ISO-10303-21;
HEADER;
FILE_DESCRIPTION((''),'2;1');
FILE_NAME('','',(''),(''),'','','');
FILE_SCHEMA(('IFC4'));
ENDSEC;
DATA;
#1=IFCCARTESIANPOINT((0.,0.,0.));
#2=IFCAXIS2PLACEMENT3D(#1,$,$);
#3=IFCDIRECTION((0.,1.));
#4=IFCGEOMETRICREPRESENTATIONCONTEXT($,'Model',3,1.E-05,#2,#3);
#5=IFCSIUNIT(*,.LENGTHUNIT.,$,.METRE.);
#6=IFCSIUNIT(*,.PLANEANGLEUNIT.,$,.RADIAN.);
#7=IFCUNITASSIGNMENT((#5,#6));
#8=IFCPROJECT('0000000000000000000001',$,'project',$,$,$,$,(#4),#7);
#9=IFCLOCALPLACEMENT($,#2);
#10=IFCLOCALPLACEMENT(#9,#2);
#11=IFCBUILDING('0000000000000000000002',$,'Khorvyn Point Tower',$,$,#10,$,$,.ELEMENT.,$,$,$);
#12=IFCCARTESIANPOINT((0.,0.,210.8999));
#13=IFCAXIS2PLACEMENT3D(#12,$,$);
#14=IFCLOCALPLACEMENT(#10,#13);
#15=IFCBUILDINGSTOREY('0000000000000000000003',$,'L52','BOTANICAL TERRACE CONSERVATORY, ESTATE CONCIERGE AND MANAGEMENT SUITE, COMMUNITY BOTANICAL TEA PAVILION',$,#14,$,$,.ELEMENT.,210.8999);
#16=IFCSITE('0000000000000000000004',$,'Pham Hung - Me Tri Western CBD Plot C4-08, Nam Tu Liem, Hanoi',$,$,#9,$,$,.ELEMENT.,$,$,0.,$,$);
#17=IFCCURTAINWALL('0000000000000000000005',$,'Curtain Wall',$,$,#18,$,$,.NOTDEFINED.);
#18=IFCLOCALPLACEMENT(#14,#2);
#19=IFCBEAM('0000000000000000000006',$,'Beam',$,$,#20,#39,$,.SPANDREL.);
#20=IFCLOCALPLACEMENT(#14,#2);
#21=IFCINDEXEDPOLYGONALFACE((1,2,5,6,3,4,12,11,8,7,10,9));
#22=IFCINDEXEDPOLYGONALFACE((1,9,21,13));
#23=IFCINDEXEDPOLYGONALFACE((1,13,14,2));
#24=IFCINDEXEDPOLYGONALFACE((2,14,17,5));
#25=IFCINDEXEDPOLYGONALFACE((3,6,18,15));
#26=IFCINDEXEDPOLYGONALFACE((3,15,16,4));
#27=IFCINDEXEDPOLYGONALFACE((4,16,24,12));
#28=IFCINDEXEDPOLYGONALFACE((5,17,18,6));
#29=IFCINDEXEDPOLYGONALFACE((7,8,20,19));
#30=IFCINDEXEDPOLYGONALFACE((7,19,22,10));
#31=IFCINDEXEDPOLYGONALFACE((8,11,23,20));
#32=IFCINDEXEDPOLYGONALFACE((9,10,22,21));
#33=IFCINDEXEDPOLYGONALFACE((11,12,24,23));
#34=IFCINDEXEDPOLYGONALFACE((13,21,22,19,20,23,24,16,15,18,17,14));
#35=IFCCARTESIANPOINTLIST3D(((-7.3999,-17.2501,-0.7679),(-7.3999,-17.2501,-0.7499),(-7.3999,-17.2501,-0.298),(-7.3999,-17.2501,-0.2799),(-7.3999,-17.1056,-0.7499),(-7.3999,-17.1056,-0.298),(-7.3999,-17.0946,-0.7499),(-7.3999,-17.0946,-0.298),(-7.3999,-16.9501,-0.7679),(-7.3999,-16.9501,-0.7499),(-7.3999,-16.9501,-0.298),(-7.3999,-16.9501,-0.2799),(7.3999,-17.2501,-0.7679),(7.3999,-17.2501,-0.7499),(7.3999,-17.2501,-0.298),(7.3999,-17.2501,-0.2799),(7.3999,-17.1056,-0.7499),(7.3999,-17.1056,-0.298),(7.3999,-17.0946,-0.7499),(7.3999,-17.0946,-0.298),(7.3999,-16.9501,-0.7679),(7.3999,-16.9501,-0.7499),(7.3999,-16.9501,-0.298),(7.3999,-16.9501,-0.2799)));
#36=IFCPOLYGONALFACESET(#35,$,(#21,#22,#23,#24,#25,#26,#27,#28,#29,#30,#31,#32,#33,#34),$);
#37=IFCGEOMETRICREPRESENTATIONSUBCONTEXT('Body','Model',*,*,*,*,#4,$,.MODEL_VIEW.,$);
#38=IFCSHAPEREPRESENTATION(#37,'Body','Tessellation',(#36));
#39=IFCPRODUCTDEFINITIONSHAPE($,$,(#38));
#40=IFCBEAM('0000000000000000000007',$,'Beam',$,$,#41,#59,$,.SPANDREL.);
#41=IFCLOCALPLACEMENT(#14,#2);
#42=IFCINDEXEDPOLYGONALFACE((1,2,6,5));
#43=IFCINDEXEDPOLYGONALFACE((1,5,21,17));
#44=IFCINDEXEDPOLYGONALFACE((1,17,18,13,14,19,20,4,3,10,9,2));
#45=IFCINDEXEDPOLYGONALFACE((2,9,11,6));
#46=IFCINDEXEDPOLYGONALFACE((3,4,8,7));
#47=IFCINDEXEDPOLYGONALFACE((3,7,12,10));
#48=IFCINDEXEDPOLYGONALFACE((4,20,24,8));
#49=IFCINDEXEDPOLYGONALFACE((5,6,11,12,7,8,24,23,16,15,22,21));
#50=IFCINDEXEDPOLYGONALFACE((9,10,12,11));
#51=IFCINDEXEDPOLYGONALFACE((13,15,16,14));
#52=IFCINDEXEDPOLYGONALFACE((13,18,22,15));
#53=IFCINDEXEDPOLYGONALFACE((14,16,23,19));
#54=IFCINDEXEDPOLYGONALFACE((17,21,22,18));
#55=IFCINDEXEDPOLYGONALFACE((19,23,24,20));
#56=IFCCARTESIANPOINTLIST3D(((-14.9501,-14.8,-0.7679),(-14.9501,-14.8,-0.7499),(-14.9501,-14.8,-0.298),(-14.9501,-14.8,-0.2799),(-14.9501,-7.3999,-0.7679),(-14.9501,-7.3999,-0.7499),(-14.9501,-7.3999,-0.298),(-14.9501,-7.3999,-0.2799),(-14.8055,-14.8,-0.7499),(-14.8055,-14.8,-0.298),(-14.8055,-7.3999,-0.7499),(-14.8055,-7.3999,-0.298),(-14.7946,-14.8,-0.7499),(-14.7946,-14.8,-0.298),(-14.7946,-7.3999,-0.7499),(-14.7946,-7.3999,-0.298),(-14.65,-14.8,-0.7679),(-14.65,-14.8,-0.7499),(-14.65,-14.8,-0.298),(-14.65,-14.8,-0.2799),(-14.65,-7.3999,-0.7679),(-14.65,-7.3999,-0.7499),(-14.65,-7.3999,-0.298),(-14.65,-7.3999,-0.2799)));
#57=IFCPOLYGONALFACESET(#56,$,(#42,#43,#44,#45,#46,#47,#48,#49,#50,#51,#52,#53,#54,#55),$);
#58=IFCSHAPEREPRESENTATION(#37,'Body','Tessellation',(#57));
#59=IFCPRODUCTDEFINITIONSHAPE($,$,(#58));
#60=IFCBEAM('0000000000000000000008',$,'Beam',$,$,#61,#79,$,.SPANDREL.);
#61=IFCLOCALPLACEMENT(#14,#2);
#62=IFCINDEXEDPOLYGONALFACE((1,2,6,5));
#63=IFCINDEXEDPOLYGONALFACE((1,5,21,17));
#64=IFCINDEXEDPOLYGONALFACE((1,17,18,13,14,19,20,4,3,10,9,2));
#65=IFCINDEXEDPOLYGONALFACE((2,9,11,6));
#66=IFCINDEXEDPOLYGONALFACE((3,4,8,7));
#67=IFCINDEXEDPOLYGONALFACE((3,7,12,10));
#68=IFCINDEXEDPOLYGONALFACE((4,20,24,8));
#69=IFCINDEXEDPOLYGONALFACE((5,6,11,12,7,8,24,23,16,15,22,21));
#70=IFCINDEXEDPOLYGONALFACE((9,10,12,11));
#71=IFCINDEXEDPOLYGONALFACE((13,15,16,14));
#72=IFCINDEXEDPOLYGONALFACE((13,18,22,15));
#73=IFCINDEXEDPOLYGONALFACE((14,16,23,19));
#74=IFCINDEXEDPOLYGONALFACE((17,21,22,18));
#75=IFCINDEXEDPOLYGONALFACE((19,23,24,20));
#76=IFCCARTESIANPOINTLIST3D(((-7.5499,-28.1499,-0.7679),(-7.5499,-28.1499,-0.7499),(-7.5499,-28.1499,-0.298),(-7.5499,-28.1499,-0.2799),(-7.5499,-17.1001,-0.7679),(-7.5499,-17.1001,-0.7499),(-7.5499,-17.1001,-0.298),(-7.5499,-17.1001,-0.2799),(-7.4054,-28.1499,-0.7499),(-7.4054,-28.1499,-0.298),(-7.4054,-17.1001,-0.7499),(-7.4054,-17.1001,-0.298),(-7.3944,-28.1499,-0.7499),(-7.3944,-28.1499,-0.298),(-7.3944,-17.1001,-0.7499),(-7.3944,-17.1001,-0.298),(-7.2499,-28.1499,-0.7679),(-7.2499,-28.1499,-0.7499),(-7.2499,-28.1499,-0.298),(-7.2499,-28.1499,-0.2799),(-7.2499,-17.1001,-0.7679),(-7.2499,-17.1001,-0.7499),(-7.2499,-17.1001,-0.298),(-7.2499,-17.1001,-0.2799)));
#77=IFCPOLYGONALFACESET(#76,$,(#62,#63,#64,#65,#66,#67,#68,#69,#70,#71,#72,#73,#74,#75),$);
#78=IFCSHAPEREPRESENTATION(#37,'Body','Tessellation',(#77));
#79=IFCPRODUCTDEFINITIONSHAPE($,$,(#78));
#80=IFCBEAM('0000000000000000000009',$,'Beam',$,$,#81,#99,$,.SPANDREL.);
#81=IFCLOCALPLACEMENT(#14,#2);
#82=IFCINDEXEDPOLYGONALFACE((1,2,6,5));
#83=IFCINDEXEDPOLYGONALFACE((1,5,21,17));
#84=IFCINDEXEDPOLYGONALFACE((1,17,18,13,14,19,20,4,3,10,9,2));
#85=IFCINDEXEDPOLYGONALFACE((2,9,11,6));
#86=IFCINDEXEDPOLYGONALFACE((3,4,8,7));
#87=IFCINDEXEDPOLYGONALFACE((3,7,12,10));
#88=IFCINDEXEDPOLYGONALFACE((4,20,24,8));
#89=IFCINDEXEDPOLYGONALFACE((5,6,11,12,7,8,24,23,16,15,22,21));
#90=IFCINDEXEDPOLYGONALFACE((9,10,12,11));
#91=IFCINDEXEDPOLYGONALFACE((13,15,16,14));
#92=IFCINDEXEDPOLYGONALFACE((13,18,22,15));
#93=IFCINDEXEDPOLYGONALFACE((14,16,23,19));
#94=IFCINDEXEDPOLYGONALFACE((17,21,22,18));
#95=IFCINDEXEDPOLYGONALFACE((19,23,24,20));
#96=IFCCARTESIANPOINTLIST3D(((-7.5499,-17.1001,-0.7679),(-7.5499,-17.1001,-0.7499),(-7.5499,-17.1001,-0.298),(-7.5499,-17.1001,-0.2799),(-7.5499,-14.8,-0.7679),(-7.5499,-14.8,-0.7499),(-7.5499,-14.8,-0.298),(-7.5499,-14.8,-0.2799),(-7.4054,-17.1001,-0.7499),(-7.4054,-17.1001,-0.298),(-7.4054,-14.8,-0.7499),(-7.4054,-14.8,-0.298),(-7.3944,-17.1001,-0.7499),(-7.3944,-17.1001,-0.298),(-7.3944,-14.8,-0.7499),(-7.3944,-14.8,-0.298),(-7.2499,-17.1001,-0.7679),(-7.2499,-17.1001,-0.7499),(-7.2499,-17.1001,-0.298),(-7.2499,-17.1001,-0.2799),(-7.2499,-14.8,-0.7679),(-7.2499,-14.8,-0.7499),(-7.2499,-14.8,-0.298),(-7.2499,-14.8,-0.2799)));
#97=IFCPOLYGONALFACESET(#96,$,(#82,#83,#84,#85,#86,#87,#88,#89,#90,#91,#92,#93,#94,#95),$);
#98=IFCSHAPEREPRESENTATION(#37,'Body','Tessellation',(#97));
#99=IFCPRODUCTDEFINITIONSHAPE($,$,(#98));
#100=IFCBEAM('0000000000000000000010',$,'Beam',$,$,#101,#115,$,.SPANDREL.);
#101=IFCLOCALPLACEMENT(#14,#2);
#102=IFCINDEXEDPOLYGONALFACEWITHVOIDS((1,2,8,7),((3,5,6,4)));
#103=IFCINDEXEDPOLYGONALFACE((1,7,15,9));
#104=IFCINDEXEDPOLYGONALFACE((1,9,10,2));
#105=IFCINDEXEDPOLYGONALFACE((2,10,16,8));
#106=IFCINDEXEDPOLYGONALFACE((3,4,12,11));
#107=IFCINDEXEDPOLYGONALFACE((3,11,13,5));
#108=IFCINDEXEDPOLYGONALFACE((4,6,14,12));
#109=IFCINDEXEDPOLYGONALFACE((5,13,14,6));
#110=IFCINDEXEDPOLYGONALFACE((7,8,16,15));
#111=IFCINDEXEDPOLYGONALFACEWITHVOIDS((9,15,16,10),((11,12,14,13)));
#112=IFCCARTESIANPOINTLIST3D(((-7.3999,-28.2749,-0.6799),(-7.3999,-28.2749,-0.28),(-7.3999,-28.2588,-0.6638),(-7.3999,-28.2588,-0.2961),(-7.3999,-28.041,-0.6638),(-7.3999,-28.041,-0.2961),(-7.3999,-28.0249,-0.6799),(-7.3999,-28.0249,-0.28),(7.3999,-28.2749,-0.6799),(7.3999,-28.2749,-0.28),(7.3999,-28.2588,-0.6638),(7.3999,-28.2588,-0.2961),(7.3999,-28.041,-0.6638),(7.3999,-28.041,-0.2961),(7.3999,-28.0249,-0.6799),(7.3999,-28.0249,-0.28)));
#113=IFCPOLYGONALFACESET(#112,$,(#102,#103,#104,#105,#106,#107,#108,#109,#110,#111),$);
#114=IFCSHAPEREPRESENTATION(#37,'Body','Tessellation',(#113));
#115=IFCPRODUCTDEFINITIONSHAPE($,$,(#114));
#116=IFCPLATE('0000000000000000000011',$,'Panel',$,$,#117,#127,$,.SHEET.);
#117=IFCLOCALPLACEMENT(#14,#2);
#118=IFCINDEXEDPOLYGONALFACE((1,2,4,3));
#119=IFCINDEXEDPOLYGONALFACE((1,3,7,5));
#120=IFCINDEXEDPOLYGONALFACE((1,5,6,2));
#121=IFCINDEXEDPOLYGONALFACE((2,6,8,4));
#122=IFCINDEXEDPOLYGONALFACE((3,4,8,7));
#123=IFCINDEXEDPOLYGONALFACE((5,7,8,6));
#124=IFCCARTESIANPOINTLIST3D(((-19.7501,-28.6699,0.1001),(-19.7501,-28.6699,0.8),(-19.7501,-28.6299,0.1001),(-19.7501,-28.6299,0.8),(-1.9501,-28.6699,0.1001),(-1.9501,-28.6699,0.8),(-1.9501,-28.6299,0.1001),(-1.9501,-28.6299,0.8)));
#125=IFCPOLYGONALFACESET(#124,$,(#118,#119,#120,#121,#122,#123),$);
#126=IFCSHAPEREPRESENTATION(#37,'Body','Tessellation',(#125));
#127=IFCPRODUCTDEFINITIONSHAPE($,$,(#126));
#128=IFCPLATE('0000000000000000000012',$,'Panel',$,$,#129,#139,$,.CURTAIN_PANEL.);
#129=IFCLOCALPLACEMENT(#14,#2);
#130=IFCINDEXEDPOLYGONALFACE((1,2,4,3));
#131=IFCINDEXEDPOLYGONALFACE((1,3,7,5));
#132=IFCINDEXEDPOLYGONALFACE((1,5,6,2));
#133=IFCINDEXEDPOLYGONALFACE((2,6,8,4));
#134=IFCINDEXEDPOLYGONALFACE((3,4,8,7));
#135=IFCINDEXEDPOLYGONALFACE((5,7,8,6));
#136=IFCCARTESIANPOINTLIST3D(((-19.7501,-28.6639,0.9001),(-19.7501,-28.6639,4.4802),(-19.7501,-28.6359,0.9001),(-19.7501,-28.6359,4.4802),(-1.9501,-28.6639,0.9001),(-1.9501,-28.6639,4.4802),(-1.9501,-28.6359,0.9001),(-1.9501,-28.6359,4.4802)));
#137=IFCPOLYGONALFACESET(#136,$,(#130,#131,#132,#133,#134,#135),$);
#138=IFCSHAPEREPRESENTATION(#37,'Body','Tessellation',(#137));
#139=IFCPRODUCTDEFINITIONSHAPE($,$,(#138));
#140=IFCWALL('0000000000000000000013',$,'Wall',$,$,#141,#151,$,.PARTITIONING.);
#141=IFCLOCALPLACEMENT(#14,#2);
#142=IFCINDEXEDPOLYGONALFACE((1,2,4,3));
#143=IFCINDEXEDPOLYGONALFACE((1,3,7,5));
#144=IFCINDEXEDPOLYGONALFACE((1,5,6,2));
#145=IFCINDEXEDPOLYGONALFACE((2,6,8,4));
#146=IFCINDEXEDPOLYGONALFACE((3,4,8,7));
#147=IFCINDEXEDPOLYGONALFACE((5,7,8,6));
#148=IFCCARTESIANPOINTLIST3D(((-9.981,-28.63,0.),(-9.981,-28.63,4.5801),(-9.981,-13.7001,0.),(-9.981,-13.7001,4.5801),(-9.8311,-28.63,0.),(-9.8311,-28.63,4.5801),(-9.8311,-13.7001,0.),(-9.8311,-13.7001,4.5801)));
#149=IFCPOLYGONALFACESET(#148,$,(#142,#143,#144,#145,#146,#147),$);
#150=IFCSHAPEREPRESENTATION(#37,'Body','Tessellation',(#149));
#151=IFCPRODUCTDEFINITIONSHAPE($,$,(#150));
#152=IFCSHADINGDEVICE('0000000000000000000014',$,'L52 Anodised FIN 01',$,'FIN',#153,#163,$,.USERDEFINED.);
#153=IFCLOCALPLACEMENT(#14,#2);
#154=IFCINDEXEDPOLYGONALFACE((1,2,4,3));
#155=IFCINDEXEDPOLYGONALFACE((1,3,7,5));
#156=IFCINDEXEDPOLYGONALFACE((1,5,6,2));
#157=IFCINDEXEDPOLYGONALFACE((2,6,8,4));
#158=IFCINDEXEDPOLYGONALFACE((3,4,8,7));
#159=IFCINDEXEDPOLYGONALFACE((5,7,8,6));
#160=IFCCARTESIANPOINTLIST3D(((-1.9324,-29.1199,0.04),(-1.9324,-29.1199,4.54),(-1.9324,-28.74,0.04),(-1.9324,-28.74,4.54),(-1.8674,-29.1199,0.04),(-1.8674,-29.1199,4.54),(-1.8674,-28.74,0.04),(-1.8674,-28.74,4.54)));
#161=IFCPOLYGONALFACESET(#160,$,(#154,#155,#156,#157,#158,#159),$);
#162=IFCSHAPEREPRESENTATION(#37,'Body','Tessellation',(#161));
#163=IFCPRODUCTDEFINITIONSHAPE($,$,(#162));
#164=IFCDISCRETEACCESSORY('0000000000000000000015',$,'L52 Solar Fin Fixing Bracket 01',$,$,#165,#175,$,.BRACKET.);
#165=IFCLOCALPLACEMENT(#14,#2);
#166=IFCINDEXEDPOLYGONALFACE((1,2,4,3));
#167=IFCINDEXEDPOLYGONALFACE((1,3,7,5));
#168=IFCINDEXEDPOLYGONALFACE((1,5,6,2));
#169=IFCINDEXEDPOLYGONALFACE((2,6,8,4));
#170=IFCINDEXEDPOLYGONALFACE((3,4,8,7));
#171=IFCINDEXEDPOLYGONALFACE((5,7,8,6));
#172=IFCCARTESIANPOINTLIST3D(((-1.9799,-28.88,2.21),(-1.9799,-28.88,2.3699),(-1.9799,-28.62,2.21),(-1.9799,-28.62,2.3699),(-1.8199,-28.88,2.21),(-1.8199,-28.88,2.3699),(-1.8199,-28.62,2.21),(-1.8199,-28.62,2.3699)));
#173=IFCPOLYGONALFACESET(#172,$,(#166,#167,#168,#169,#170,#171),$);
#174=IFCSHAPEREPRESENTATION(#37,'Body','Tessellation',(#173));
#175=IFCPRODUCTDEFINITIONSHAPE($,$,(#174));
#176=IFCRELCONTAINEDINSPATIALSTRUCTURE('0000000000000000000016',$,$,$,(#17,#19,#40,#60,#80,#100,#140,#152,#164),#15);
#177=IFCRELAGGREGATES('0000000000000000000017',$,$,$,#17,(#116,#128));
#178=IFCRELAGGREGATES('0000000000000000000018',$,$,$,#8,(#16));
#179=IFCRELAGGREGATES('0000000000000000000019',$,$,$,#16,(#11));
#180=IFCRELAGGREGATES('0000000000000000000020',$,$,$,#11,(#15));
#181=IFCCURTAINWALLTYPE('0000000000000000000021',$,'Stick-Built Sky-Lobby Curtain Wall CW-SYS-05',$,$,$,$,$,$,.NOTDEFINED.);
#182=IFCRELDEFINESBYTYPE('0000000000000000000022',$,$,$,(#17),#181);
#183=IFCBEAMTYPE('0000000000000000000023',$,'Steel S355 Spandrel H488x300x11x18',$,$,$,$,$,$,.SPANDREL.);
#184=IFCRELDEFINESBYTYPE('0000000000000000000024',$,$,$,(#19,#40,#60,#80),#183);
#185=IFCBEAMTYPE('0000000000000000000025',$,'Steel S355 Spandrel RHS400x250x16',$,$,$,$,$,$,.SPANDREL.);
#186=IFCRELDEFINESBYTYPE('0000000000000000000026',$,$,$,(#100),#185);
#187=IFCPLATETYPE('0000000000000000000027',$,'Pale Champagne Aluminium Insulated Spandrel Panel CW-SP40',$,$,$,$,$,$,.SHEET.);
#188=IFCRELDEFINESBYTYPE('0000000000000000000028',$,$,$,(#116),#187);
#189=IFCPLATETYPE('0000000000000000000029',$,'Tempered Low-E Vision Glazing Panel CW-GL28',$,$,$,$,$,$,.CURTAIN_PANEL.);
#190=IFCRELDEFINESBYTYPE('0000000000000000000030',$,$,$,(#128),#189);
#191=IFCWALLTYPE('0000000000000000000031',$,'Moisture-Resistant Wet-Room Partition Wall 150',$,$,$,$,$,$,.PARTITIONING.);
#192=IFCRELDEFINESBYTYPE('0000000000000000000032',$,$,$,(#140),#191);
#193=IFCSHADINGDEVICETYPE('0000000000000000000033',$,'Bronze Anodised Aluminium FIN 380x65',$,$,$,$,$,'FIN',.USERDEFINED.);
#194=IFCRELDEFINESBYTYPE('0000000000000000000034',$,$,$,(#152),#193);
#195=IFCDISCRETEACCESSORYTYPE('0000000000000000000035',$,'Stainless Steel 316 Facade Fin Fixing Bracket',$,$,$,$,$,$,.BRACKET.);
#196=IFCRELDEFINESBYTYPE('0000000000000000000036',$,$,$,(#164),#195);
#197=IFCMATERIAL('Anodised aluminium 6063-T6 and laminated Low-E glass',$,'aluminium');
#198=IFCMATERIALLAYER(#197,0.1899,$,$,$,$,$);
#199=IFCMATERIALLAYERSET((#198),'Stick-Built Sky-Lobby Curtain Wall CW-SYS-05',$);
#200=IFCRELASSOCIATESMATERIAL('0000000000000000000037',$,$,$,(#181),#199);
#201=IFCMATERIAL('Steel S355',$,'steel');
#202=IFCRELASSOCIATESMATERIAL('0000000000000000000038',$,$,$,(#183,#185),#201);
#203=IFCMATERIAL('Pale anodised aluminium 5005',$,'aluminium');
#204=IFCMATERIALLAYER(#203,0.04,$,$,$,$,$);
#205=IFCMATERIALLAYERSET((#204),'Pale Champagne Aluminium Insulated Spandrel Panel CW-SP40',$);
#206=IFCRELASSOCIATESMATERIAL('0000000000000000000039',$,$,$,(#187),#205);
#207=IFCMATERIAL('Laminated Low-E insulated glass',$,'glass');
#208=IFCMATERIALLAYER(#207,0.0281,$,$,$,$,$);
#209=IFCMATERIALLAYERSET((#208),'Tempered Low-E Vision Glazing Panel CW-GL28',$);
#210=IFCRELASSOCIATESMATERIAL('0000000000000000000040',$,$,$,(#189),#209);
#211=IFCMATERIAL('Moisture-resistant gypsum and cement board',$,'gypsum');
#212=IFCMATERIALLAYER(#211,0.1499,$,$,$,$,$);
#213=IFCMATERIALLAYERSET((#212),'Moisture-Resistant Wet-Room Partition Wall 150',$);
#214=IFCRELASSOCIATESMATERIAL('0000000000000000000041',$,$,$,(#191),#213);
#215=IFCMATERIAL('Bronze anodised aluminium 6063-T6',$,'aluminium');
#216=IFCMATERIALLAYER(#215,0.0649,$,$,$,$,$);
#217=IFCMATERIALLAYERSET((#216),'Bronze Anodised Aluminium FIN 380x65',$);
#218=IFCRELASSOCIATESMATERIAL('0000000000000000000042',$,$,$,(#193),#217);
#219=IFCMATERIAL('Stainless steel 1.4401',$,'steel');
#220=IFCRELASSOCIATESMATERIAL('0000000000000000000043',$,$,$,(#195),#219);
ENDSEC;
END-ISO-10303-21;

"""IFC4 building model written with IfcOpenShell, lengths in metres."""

from ifc_helpers import new_model, si_unit, direction, frame, frame_2d, origin, origin_2d, place, context, subcontext, project, spatial, rectangle, hollow_rectangle, i_section, extrude, material, layer, layer_set, material_profile, profile_set, type_object, element, aggregate, save


model = new_model("IFC4")

# Units and contexts
model_context = context("Model", 3, precision=1e-05, world=origin(), true_north=direction((0.0, 1.0)))
body_context = subcontext(model_context, "Body", "Model", "MODEL_VIEW")
ifc_project = project(units=[si_unit("LENGTHUNIT", "METRE"), si_unit("PLANEANGLEUNIT", "RADIAN")], contexts=[model_context])

# Site, building, storey
site_placement = place(None, origin())
site = spatial("IfcSite", under=ifc_project, at=site_placement, Name="Pham Hung - Me Tri Western CBD Plot C4-08, Nam Tu Liem, Hanoi", CompositionType="ELEMENT", RefElevation=0.0)
building_placement = place(site_placement, origin())
building = spatial("IfcBuilding", under=site, at=building_placement, Name="Khorvyn Point Tower", CompositionType="ELEMENT")
storey_placement = place(building_placement, frame((0.0, 0.0, 210.8999)))
storey = spatial("IfcBuildingStorey", under=building, at=storey_placement, Name="L52", Description="BOTANICAL TERRACE CONSERVATORY, ESTATE CONCIERGE AND MANAGEMENT SUITE, COMMUNITY BOTANICAL TEA PAVILION", CompositionType="ELEMENT", Elevation=210.8999)

# Curtain wall
ifc_material_1 = material(Name="Anodised aluminium 6063-T6 and laminated Low-E glass", Category="aluminium")
ifc_layer_1 = layer(ifc_material_1, 0.1899)
ifc_layer_set_1 = layer_set([ifc_layer_1], Name="Stick-Built Sky-Lobby Curtain Wall CW-SYS-05")
curtain_wall_type = type_object("IfcCurtainWallType", Name="Stick-Built Sky-Lobby Curtain Wall CW-SYS-05", PredefinedType="NOTDEFINED", material=ifc_layer_set_1)
curtain_wall_placement = place(storey_placement, origin())
curtain_wall = element("IfcCurtainWall", 1, at=curtain_wall_placement, inside=storey, type_object=curtain_wall_type, Name="Curtain Wall", PredefinedType="NOTDEFINED")

# Beams
ifc_material_2 = material(Name="Steel S355", Category="steel")
ifc_material_profile_1 = material_profile(ifc_material_2, i_section(OverallWidth=0.3, OverallDepth=0.488, WebThickness=0.011, FlangeThickness=0.0181, at=origin_2d()))
ifc_profile_set_1 = profile_set([ifc_material_profile_1], Name="Steel S355 H488x300x11x18")
beam_type_1 = type_object("IfcBeamType", Name="Steel S355 Spandrel H488x300x11x18", PredefinedType="SPANDREL", material=ifc_profile_set_1)
beam_1_placement = place(storey_placement, frame((-7.3999, -17.1001, -0.5239), z_axis=(1.0, 0.0, 0.0), x_axis=(0.0, 1.0, 0.0)))
element("IfcBeam", 2, at=beam_1_placement, inside=storey, type_object=beam_type_1, Name="Beam", PredefinedType="SPANDREL", context=body_context, shape_type="SweptSolid", body=[
    extrude(i_section(OverallWidth=0.3, OverallDepth=0.488, WebThickness=0.011, FlangeThickness=0.0181, at=origin_2d()), origin(), (0.0, 0.0, 1.0), 14.7998),
])
beam_2_placement = place(storey_placement, frame((-14.8, -14.8, -0.5239), z_axis=(0.0, 1.0, 0.0), x_axis=(-1.0, 0.0, 0.0)))
element("IfcBeam", 3, at=beam_2_placement, inside=storey, type_object=beam_type_1, Name="Beam", PredefinedType="SPANDREL", context=body_context, shape_type="SweptSolid", body=[
    extrude(i_section(OverallWidth=0.3, OverallDepth=0.488, WebThickness=0.011, FlangeThickness=0.0181, at=origin_2d()), origin(), (0.0, 0.0, 1.0), 7.4001),
])
beam_3_placement = place(storey_placement, frame((-7.3999, -28.1499, -0.5239), z_axis=(0.0, 1.0, 0.0), x_axis=(-1.0, 0.0, 0.0)))
element("IfcBeam", 4, at=beam_3_placement, inside=storey, type_object=beam_type_1, Name="Beam", PredefinedType="SPANDREL", context=body_context, shape_type="SweptSolid", body=[
    extrude(i_section(OverallWidth=0.3, OverallDepth=0.488, WebThickness=0.011, FlangeThickness=0.0181, at=origin_2d()), origin(), (0.0, 0.0, 1.0), 11.0498),
])
beam_4_placement = place(storey_placement, frame((-7.3999, -17.1001, -0.5239), z_axis=(0.0, 1.0, 0.0), x_axis=(-1.0, 0.0, 0.0)))
element("IfcBeam", 5, at=beam_4_placement, inside=storey, type_object=beam_type_1, Name="Beam", PredefinedType="SPANDREL", context=body_context, shape_type="SweptSolid", body=[
    extrude(i_section(OverallWidth=0.3, OverallDepth=0.488, WebThickness=0.011, FlangeThickness=0.0181, at=origin_2d()), origin(), (0.0, 0.0, 1.0), 2.3),
])
ifc_material_profile_2 = material_profile(ifc_material_2, hollow_rectangle(XDim=0.25, YDim=0.3999, WallThickness=0.0161, at=origin_2d()))
ifc_profile_set_2 = profile_set([ifc_material_profile_2], Name="Steel S355 RHS400x250x16")
beam_type_2 = type_object("IfcBeamType", Name="Steel S355 Spandrel RHS400x250x16", PredefinedType="SPANDREL", material=ifc_profile_set_2)
beam_5_placement = place(storey_placement, frame((-7.3999, -28.1499, -0.48), z_axis=(1.0, 0.0, 0.0), x_axis=(0.0, 1.0, 0.0)))
element("IfcBeam", 6, at=beam_5_placement, inside=storey, type_object=beam_type_2, Name="Beam", PredefinedType="SPANDREL", context=body_context, shape_type="SweptSolid", body=[
    extrude(hollow_rectangle(XDim=0.25, YDim=0.3999, WallThickness=0.0161, at=origin_2d()), origin(), (0.0, 0.0, 1.0), 14.7998),
])

# Plates
ifc_material_3 = material(Name="Pale anodised aluminium 5005", Category="aluminium")
ifc_layer_2 = layer(ifc_material_3, 0.04)
ifc_layer_set_2 = layer_set([ifc_layer_2], Name="Pale Champagne Aluminium Insulated Spandrel Panel CW-SP40")
plate_type_1 = type_object("IfcPlateType", Name="Pale Champagne Aluminium Insulated Spandrel Panel CW-SP40", PredefinedType="SHEET", material=ifc_layer_set_2)
plate_1_placement = place(storey_placement, frame((-10.8501, -28.6499, 0.1001), z_axis=(0.0, 0.0, 1.0), x_axis=(-1.0, 0.0, 0.0)))
plate_1 = element("IfcPlate", 7, at=plate_1_placement, type_object=plate_type_1, Name="Panel", PredefinedType="SHEET", context=body_context, shape_type="SweptSolid", body=[
    extrude(rectangle(XDim=17.8, YDim=0.04, at=origin_2d()), origin(), (0.0, 0.0, 1.0), 0.7),
])
ifc_material_4 = material(Name="Laminated Low-E insulated glass", Category="glass")
ifc_layer_3 = layer(ifc_material_4, 0.0281)
ifc_layer_set_3 = layer_set([ifc_layer_3], Name="Tempered Low-E Vision Glazing Panel CW-GL28")
plate_type_2 = type_object("IfcPlateType", Name="Tempered Low-E Vision Glazing Panel CW-GL28", PredefinedType="CURTAIN_PANEL", material=ifc_layer_set_3)
plate_2_placement = place(storey_placement, frame((-10.8501, -28.6499, 0.9001), z_axis=(0.0, 0.0, 1.0), x_axis=(-1.0, 0.0, 0.0)))
plate_2 = element("IfcPlate", 8, at=plate_2_placement, type_object=plate_type_2, Name="Panel", PredefinedType="CURTAIN_PANEL", context=body_context, shape_type="SweptSolid", body=[
    extrude(rectangle(XDim=17.8, YDim=0.0281, at=origin_2d()), origin(), (0.0, 0.0, 1.0), 3.5801),
])
aggregate(curtain_wall, [plate_1, plate_2])

# Wall
ifc_material_5 = material(Name="Moisture-resistant gypsum and cement board", Category="gypsum")
ifc_layer_4 = layer(ifc_material_5, 0.1499)
ifc_layer_set_4 = layer_set([ifc_layer_4], Name="Moisture-Resistant Wet-Room Partition Wall 150")
wall_type = type_object("IfcWallType", Name="Moisture-Resistant Wet-Room Partition Wall 150", PredefinedType="PARTITIONING", material=ifc_layer_set_4)
wall_placement = place(storey_placement, frame((-9.906, -28.6299, 0.0), z_axis=(0.0, 0.0, 1.0), x_axis=(0.0, 1.0, 0.0)))
element("IfcWall", 9, at=wall_placement, inside=storey, type_object=wall_type, Name="Wall", PredefinedType="PARTITIONING", context=body_context, shape_type="SweptSolid", body=[
    extrude(rectangle(XDim=14.9299, YDim=0.1499, at=frame_2d((7.4648, 0.0))), origin(), (0.0, 0.0, 1.0), 4.5801),
])

# Shading device
ifc_material_6 = material(Name="Bronze anodised aluminium 6063-T6", Category="aluminium")
ifc_layer_5 = layer(ifc_material_6, 0.0649)
ifc_layer_set_5 = layer_set([ifc_layer_5], Name="Bronze Anodised Aluminium FIN 380x65")
shading_device_type = type_object("IfcShadingDeviceType", Name="Bronze Anodised Aluminium FIN 380x65", ElementType="FIN", PredefinedType="USERDEFINED", material=ifc_layer_set_5)
shading_device_placement = place(storey_placement, frame((-1.8999, -28.9299, 0.04), z_axis=(0.0, 0.0, 1.0), x_axis=(0.0, -1.0, 0.0)))
element("IfcShadingDevice", 10, at=shading_device_placement, inside=storey, type_object=shading_device_type, Name="L52 Anodised FIN 01", ObjectType="FIN", PredefinedType="USERDEFINED", context=body_context, shape_type="SweptSolid", body=[
    extrude(rectangle(XDim=0.3799, YDim=0.0649, at=origin_2d()), origin(), (0.0, 0.0, 1.0), 4.5),
])

# Discrete accessory
ifc_material_7 = material(Name="Stainless steel 1.4401", Category="steel")
discrete_accessory_type = type_object("IfcDiscreteAccessoryType", Name="Stainless Steel 316 Facade Fin Fixing Bracket", PredefinedType="BRACKET", material=ifc_material_7)
discrete_accessory_placement = place(storey_placement, frame((-1.8999, -28.75, 2.21), z_axis=(0.0, 0.0, 1.0), x_axis=(-1.0, 0.0, 0.0)))
element("IfcDiscreteAccessory", 11, at=discrete_accessory_placement, inside=storey, type_object=discrete_accessory_type, Name="L52 Solar Fin Fixing Bracket 01", PredefinedType="BRACKET", context=body_context, shape_type="SweptSolid", body=[
    extrude(rectangle(XDim=0.1599, YDim=0.26, at=origin_2d()), origin(), (0.0, 0.0, 1.0), 0.1599),
])

save(model, "model.ifc")
